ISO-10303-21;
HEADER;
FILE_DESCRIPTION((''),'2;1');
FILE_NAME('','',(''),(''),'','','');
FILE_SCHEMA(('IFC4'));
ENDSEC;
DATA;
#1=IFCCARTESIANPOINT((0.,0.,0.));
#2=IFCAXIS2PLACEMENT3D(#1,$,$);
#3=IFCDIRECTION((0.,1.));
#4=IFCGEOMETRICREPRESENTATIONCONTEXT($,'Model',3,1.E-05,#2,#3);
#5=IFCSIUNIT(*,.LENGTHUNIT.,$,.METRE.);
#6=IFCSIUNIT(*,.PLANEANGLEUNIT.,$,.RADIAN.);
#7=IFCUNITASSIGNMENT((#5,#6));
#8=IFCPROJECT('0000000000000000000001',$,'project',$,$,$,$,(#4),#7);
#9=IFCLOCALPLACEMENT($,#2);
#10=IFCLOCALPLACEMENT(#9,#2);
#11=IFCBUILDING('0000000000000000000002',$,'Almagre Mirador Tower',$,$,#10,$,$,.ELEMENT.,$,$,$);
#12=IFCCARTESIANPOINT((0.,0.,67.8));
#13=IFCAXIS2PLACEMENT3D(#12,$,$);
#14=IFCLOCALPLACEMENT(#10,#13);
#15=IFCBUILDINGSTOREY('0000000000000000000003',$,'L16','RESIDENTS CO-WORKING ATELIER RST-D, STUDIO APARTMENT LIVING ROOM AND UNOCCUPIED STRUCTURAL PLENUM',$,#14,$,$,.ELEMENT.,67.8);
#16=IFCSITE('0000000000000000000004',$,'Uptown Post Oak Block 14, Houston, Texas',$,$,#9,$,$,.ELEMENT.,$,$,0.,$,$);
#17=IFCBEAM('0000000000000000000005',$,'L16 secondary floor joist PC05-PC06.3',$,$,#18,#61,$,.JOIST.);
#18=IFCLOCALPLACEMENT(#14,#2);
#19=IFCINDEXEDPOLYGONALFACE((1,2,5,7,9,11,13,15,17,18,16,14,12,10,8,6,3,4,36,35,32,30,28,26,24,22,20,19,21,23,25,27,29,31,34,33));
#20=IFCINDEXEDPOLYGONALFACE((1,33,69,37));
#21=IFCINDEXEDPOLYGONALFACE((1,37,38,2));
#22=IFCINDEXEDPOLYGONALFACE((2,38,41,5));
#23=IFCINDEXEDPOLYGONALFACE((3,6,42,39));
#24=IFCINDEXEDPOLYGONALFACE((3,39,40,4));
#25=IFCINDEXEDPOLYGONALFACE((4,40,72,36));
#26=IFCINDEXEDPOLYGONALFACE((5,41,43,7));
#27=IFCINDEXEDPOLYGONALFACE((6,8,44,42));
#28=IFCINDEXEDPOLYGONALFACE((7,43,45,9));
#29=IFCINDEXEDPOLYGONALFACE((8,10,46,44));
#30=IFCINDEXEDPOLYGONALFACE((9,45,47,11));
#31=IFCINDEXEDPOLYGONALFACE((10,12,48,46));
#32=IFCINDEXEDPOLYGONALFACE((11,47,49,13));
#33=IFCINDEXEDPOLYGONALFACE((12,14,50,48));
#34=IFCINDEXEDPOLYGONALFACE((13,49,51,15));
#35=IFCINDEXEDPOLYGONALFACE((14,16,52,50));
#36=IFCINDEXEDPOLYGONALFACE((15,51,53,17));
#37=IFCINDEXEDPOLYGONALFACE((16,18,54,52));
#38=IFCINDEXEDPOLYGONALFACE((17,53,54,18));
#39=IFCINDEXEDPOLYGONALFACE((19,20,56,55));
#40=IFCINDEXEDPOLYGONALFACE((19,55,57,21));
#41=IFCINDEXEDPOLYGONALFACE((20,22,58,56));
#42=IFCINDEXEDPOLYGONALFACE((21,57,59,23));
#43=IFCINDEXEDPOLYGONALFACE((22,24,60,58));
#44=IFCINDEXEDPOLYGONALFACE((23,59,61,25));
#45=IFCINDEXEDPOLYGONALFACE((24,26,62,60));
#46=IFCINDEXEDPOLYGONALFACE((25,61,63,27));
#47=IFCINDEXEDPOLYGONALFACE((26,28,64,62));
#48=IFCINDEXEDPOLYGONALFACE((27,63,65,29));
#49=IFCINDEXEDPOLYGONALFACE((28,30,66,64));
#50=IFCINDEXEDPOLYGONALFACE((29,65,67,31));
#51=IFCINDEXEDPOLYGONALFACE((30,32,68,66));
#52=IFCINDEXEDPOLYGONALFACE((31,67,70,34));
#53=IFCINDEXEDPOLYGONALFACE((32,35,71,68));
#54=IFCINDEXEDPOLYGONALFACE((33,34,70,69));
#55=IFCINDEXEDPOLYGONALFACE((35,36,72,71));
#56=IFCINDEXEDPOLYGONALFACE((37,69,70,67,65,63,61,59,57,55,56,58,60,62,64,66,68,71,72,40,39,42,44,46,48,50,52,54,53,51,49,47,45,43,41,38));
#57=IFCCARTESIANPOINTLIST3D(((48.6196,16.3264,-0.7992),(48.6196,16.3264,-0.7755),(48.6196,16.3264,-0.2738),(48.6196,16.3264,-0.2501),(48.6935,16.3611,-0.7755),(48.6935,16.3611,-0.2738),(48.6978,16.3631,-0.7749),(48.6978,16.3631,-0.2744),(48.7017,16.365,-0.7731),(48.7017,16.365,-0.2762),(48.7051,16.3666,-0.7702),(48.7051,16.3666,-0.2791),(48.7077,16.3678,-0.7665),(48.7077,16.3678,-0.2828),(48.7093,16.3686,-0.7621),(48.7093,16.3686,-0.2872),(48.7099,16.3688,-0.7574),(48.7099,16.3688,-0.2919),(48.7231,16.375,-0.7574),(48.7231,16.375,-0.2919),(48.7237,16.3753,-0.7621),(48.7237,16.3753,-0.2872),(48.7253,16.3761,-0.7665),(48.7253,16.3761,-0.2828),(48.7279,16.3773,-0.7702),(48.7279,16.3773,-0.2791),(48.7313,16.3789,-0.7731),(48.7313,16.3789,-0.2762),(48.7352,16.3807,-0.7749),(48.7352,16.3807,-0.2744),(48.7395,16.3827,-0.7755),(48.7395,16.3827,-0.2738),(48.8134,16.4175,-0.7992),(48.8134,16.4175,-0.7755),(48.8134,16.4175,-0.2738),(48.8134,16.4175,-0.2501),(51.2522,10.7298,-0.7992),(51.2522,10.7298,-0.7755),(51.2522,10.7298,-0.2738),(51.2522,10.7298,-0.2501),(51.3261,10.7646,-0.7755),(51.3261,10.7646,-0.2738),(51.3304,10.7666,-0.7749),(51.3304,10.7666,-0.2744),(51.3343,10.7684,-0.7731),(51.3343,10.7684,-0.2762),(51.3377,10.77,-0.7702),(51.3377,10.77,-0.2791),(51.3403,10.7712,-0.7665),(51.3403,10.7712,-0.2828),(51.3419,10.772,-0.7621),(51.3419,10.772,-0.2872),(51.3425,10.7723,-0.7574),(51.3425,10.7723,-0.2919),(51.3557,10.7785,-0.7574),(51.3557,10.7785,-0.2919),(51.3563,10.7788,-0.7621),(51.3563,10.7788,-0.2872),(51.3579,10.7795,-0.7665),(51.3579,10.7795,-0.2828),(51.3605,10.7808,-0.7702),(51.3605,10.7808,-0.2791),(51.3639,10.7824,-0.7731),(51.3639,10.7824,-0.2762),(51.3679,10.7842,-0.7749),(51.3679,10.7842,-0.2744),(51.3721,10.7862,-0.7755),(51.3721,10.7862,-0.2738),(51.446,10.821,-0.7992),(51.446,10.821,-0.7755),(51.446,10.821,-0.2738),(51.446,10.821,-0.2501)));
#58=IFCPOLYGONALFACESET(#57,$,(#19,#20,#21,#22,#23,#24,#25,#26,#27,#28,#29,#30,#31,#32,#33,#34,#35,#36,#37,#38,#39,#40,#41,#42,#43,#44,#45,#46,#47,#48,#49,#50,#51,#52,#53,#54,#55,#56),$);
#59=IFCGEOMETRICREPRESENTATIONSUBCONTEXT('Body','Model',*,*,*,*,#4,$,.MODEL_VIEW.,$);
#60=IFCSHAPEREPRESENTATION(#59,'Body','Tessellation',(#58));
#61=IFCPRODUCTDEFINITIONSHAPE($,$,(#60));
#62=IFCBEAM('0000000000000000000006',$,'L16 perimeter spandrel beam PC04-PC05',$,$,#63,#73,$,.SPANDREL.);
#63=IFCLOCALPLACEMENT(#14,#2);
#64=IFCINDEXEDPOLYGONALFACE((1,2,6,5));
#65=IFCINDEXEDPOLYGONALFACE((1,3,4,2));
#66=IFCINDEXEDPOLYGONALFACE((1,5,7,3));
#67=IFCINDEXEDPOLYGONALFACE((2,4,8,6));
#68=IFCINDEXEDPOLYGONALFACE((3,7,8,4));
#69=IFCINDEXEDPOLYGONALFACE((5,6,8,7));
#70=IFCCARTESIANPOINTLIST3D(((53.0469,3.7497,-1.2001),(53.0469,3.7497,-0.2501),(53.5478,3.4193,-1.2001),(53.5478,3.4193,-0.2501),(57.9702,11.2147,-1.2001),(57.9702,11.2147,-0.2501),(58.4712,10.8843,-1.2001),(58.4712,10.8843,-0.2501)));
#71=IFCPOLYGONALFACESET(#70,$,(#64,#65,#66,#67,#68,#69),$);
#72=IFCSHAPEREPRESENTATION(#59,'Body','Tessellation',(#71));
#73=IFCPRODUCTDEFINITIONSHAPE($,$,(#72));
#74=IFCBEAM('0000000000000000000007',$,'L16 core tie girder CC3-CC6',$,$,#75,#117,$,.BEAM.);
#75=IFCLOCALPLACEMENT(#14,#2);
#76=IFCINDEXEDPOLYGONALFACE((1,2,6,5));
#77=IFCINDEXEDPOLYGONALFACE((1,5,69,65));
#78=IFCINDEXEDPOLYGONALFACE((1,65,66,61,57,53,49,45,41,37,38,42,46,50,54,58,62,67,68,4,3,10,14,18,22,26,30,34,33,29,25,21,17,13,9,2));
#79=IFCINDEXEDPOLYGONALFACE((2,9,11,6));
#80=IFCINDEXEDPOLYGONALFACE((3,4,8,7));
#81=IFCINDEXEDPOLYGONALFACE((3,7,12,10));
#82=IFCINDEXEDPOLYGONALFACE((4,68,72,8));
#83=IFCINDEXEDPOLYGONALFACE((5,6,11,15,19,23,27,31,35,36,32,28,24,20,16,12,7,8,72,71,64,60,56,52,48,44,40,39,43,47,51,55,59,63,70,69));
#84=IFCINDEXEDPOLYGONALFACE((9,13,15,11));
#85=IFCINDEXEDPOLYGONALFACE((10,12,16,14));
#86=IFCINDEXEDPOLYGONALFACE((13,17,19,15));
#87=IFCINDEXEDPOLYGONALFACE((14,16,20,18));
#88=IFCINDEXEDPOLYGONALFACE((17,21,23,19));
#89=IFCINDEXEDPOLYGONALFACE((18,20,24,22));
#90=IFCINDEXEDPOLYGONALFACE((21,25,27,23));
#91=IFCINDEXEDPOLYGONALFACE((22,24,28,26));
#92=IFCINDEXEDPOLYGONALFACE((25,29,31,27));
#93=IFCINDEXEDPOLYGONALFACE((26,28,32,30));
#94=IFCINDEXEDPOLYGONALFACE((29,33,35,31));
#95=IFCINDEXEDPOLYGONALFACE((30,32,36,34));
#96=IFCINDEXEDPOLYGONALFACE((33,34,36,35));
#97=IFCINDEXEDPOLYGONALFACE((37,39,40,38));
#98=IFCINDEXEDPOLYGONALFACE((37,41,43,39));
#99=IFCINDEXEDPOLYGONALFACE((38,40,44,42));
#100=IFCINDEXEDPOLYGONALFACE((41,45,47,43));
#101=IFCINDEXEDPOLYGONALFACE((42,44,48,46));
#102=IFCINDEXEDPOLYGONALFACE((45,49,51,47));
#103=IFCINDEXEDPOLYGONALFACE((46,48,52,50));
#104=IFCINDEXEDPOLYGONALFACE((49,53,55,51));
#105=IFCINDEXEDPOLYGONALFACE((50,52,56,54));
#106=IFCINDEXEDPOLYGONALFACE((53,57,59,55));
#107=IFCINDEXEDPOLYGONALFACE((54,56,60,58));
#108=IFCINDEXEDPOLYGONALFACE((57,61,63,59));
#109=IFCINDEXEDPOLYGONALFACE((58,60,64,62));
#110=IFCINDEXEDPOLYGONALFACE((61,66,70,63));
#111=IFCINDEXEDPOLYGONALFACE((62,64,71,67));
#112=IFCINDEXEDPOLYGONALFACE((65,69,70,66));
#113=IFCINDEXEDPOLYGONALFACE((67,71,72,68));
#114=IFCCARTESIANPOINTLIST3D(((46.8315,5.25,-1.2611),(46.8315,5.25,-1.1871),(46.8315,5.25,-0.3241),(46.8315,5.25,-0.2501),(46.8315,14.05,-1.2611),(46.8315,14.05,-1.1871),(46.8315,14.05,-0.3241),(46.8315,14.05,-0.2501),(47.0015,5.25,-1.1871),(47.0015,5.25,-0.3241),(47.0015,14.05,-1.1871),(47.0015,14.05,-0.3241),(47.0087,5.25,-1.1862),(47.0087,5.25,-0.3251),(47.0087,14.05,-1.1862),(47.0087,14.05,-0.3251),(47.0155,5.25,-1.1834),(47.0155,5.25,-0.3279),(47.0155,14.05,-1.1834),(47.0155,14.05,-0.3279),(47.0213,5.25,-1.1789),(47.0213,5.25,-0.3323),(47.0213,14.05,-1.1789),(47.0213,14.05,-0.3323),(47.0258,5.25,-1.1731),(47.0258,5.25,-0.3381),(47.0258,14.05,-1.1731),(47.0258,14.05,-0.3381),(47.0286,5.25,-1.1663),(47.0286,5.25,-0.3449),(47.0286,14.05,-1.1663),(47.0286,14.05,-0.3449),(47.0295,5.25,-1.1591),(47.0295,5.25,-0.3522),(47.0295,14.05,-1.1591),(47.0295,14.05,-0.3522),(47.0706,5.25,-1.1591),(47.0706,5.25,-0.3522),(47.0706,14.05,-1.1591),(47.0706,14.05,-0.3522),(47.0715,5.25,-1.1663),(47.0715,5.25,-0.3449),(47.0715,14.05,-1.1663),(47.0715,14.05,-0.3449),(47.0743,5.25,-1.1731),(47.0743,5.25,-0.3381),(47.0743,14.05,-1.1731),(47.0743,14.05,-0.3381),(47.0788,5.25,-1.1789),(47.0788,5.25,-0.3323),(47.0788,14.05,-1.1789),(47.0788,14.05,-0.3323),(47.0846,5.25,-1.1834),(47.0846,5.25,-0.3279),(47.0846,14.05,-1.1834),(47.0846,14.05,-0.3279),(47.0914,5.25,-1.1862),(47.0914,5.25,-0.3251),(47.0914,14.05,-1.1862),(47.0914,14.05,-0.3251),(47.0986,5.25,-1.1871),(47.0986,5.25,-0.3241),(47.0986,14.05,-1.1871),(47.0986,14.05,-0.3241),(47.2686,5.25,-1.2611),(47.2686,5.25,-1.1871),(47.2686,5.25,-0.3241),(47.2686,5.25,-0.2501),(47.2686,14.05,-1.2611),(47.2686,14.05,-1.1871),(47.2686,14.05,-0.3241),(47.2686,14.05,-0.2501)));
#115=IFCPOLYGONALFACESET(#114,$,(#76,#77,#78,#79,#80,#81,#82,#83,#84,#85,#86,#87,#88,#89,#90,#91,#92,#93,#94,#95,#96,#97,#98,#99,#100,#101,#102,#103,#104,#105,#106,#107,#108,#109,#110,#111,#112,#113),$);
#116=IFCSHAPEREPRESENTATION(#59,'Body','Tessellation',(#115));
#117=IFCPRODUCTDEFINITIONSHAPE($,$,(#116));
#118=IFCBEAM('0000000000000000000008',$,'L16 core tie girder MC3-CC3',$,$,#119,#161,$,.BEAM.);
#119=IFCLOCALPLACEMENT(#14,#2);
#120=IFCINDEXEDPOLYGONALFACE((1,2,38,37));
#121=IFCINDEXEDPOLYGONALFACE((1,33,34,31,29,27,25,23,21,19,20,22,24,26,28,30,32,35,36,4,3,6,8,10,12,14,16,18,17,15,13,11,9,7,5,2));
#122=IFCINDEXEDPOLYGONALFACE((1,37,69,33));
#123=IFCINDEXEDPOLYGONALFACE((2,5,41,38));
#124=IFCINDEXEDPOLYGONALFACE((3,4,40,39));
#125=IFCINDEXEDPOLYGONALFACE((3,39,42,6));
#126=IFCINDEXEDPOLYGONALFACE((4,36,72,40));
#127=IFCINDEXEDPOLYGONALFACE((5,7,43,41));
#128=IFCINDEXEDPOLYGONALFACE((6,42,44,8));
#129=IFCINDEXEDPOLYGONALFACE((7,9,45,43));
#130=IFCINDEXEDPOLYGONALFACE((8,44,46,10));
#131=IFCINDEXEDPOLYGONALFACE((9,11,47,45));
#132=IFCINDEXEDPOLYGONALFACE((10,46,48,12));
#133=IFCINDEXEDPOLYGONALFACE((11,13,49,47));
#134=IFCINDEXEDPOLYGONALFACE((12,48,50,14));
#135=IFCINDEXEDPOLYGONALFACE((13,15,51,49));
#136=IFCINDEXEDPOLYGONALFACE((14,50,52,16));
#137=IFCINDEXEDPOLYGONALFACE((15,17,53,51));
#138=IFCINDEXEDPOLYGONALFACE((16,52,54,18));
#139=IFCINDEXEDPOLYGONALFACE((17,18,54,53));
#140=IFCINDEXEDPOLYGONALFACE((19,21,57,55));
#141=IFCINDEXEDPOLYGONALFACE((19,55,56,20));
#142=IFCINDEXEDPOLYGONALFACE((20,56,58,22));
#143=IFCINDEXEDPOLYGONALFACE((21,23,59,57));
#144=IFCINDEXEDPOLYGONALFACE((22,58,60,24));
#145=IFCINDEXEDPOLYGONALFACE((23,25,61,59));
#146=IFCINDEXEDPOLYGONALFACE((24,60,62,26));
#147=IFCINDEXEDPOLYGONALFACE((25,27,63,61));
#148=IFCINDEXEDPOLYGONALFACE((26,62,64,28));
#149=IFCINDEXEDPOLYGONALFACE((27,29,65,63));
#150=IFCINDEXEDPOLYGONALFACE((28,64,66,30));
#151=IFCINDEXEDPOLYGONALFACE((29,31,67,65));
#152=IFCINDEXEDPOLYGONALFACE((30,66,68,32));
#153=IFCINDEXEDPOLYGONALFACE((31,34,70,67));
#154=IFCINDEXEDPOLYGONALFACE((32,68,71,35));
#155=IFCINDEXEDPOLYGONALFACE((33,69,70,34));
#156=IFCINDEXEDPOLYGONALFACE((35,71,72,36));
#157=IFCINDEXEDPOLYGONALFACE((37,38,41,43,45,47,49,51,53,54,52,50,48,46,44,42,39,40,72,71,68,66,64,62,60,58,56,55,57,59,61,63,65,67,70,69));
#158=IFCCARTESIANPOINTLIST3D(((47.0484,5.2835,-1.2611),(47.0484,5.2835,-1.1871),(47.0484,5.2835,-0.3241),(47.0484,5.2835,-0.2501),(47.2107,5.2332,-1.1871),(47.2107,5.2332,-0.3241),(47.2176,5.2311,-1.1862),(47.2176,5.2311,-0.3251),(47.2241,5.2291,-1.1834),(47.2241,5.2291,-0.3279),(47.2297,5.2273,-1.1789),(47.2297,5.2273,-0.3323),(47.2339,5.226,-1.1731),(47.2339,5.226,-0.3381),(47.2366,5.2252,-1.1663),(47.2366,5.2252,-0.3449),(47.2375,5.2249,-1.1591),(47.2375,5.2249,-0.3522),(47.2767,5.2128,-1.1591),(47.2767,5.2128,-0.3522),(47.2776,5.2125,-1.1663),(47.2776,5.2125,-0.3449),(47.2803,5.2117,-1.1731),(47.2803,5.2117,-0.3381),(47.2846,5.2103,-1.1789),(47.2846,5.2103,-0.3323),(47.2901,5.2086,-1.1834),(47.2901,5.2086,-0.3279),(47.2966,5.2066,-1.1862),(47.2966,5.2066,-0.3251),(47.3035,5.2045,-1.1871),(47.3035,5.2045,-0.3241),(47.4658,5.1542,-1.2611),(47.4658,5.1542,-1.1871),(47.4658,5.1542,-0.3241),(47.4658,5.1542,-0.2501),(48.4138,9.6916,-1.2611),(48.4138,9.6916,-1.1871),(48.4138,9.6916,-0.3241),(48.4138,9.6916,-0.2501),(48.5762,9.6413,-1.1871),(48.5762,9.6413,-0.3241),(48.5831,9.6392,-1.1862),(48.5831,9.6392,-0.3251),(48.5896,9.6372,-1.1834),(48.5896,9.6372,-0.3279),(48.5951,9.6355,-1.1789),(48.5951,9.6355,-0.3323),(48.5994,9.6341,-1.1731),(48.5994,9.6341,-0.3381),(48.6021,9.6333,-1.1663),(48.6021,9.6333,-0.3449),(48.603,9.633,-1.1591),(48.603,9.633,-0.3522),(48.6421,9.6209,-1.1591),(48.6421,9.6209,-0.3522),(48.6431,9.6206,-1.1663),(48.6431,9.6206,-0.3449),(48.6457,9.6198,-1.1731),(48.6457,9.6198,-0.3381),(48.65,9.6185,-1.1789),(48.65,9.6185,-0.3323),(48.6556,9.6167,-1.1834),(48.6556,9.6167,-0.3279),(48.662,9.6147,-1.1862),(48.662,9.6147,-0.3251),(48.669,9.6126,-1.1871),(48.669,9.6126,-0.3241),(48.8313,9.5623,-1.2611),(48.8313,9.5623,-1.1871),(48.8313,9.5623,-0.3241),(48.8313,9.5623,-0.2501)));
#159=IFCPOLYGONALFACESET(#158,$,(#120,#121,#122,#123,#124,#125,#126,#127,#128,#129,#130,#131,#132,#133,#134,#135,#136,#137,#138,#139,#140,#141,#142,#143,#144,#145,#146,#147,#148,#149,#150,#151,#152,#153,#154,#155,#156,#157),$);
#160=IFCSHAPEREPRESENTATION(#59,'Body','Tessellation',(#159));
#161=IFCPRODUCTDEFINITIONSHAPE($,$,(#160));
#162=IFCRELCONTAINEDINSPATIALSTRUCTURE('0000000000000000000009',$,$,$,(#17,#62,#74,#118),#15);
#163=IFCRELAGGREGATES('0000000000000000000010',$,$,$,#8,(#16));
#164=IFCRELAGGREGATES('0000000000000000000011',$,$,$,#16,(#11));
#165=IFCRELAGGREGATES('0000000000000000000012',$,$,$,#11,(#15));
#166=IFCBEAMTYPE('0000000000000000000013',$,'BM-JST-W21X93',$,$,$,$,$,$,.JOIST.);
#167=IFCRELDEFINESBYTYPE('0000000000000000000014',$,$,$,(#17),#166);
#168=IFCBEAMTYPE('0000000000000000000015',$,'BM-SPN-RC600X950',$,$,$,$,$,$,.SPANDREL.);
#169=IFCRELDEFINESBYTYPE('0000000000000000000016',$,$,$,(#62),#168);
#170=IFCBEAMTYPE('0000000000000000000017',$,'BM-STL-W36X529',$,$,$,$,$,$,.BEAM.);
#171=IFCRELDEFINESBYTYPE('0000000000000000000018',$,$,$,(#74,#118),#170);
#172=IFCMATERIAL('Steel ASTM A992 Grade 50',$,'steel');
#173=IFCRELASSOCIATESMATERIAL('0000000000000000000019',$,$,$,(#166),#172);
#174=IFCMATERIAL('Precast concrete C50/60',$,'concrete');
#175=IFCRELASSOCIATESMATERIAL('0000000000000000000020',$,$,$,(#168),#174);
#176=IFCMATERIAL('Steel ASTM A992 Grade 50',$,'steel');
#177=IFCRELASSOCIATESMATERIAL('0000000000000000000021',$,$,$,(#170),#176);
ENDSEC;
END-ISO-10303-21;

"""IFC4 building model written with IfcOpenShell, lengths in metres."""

from ifc_helpers import new_model, si_unit, direction, frame, origin, origin_2d, place, context, subcontext, project, spatial, rectangle, i_section, extrude, material, material_profile, profile_set, type_object, element, save


model = new_model("IFC4")

# Units and contexts
model_context = context("Model", 3, precision=1e-05, world=origin(), true_north=direction((0.0, 1.0)))
body_context = subcontext(model_context, "Body", "Model", "MODEL_VIEW")
ifc_project = project(units=[si_unit("LENGTHUNIT", "METRE"), si_unit("PLANEANGLEUNIT", "RADIAN")], contexts=[model_context])

# Site, building, storey
site_placement = place(None, origin())
site = spatial("IfcSite", under=ifc_project, at=site_placement, Name="Uptown Post Oak Block 14, Houston, Texas", CompositionType="ELEMENT", RefElevation=0.0)
building_placement = place(site_placement, origin())
building = spatial("IfcBuilding", under=site, at=building_placement, Name="Almagre Mirador Tower", CompositionType="ELEMENT")
storey_placement = place(building_placement, frame((0.0, 0.0, 67.8)))
storey = spatial("IfcBuildingStorey", under=building, at=storey_placement, Name="L16", Description="RESIDENTS CO-WORKING ATELIER RST-D, STUDIO APARTMENT LIVING ROOM AND UNOCCUPIED STRUCTURAL PLENUM", CompositionType="ELEMENT", Elevation=67.8)

# Beams
ifc_material_1 = material(Name="Steel ASTM A992 Grade 50", Category="steel")
ifc_material_profile_1 = material_profile(ifc_material_1, i_section(OverallWidth=0.2141, OverallDepth=0.5491, WebThickness=0.0146, FlangeThickness=0.0237, FilletRadius=0.0181, at=origin_2d()), Name="W21X93")
ifc_profile_set_1 = profile_set([ifc_material_profile_1], Name="Steel ASTM A992 Grade 50")
beam_type_1 = type_object("IfcBeamType", Name="BM-JST-W21X93", PredefinedType="JOIST", material=ifc_profile_set_1)
beam_1_placement = place(storey_placement, frame((51.3491, 10.7754, -0.5247), z_axis=(-0.425658, 0.904884, 0.0), x_axis=(-0.904884, -0.425658, 0.0)))
element("IfcBeam", 1, at=beam_1_placement, inside=storey, type_object=beam_type_1, Name="L16 secondary floor joist PC05-PC06.3", PredefinedType="JOIST", context=body_context, shape_type="SweptSolid", body=[
    extrude(i_section(OverallWidth=0.2141, OverallDepth=0.5491, WebThickness=0.0146, FlangeThickness=0.0237, FilletRadius=0.0181, at=origin_2d()), origin(), (0.0, 0.0, 1.0), 6.1848),
])
ifc_material_2 = material(Name="Precast concrete C50/60", Category="concrete")
ifc_material_profile_2 = material_profile(ifc_material_2, rectangle(XDim=0.6001, YDim=0.95, at=origin_2d()), Name="RC600X950")
ifc_profile_set_2 = profile_set([ifc_material_profile_2], Name="Precast concrete C50/60")
beam_type_2 = type_object("IfcBeamType", Name="BM-SPN-RC600X950", PredefinedType="SPANDREL", material=ifc_profile_set_2)
beam_2_placement = place(storey_placement, frame((53.2974, 3.5845, -0.7251), z_axis=(0.55056, 0.834795, 0.0), x_axis=(-0.834795, 0.55056, 0.0)))
element("IfcBeam", 2, at=beam_2_placement, inside=storey, type_object=beam_type_2, Name="L16 perimeter spandrel beam PC04-PC05", PredefinedType="SPANDREL", context=body_context, shape_type="SweptSolid", body=[
    extrude(rectangle(XDim=0.6001, YDim=0.95, at=origin_2d()), origin(), (0.0, 0.0, 1.0), 8.9424),
])
ifc_material_3 = material(Name="Steel ASTM A992 Grade 50", Category="steel")
ifc_material_profile_3 = material_profile(ifc_material_3, i_section(OverallWidth=0.437, OverallDepth=1.011, WebThickness=0.041, FlangeThickness=0.074, FilletRadius=0.0281, at=origin_2d()), Name="W36X529")
ifc_profile_set_3 = profile_set([ifc_material_profile_3], Name="Steel ASTM A992 Grade 50")
beam_type_3 = type_object("IfcBeamType", Name="BM-STL-W36X529", PredefinedType="BEAM", material=ifc_profile_set_3)
beam_3_placement = place(storey_placement, frame((47.05, 5.25, -0.7556), z_axis=(0.0, 1.0, 0.0), x_axis=(-1.0, 0.0, 0.0)))
element("IfcBeam", 3, at=beam_3_placement, inside=storey, type_object=beam_type_3, Name="L16 core tie girder CC3-CC6", PredefinedType="BEAM", context=body_context, shape_type="SweptSolid", body=[
    extrude(i_section(OverallWidth=0.437, OverallDepth=1.011, WebThickness=0.041, FlangeThickness=0.074, FilletRadius=0.0281, at=origin_2d()), origin(), (0.0, 0.0, 1.0), 8.8),
])
beam_4_placement = place(storey_placement, frame((48.6226, 9.627, -0.7556), z_axis=(-0.295888, -0.955223, 0.0), x_axis=(0.955223, -0.295888, 0.0)))
element("IfcBeam", 4, at=beam_4_placement, inside=storey, type_object=beam_type_3, Name="L16 core tie girder MC3-CC3", PredefinedType="BEAM", context=body_context, shape_type="SweptSolid", body=[
    extrude(i_section(OverallWidth=0.437, OverallDepth=1.011, WebThickness=0.041, FlangeThickness=0.074, FilletRadius=0.0281, at=origin_2d()), origin(), (0.0, 0.0, 1.0), 4.6147),
])

save(model, "model.ifc")
